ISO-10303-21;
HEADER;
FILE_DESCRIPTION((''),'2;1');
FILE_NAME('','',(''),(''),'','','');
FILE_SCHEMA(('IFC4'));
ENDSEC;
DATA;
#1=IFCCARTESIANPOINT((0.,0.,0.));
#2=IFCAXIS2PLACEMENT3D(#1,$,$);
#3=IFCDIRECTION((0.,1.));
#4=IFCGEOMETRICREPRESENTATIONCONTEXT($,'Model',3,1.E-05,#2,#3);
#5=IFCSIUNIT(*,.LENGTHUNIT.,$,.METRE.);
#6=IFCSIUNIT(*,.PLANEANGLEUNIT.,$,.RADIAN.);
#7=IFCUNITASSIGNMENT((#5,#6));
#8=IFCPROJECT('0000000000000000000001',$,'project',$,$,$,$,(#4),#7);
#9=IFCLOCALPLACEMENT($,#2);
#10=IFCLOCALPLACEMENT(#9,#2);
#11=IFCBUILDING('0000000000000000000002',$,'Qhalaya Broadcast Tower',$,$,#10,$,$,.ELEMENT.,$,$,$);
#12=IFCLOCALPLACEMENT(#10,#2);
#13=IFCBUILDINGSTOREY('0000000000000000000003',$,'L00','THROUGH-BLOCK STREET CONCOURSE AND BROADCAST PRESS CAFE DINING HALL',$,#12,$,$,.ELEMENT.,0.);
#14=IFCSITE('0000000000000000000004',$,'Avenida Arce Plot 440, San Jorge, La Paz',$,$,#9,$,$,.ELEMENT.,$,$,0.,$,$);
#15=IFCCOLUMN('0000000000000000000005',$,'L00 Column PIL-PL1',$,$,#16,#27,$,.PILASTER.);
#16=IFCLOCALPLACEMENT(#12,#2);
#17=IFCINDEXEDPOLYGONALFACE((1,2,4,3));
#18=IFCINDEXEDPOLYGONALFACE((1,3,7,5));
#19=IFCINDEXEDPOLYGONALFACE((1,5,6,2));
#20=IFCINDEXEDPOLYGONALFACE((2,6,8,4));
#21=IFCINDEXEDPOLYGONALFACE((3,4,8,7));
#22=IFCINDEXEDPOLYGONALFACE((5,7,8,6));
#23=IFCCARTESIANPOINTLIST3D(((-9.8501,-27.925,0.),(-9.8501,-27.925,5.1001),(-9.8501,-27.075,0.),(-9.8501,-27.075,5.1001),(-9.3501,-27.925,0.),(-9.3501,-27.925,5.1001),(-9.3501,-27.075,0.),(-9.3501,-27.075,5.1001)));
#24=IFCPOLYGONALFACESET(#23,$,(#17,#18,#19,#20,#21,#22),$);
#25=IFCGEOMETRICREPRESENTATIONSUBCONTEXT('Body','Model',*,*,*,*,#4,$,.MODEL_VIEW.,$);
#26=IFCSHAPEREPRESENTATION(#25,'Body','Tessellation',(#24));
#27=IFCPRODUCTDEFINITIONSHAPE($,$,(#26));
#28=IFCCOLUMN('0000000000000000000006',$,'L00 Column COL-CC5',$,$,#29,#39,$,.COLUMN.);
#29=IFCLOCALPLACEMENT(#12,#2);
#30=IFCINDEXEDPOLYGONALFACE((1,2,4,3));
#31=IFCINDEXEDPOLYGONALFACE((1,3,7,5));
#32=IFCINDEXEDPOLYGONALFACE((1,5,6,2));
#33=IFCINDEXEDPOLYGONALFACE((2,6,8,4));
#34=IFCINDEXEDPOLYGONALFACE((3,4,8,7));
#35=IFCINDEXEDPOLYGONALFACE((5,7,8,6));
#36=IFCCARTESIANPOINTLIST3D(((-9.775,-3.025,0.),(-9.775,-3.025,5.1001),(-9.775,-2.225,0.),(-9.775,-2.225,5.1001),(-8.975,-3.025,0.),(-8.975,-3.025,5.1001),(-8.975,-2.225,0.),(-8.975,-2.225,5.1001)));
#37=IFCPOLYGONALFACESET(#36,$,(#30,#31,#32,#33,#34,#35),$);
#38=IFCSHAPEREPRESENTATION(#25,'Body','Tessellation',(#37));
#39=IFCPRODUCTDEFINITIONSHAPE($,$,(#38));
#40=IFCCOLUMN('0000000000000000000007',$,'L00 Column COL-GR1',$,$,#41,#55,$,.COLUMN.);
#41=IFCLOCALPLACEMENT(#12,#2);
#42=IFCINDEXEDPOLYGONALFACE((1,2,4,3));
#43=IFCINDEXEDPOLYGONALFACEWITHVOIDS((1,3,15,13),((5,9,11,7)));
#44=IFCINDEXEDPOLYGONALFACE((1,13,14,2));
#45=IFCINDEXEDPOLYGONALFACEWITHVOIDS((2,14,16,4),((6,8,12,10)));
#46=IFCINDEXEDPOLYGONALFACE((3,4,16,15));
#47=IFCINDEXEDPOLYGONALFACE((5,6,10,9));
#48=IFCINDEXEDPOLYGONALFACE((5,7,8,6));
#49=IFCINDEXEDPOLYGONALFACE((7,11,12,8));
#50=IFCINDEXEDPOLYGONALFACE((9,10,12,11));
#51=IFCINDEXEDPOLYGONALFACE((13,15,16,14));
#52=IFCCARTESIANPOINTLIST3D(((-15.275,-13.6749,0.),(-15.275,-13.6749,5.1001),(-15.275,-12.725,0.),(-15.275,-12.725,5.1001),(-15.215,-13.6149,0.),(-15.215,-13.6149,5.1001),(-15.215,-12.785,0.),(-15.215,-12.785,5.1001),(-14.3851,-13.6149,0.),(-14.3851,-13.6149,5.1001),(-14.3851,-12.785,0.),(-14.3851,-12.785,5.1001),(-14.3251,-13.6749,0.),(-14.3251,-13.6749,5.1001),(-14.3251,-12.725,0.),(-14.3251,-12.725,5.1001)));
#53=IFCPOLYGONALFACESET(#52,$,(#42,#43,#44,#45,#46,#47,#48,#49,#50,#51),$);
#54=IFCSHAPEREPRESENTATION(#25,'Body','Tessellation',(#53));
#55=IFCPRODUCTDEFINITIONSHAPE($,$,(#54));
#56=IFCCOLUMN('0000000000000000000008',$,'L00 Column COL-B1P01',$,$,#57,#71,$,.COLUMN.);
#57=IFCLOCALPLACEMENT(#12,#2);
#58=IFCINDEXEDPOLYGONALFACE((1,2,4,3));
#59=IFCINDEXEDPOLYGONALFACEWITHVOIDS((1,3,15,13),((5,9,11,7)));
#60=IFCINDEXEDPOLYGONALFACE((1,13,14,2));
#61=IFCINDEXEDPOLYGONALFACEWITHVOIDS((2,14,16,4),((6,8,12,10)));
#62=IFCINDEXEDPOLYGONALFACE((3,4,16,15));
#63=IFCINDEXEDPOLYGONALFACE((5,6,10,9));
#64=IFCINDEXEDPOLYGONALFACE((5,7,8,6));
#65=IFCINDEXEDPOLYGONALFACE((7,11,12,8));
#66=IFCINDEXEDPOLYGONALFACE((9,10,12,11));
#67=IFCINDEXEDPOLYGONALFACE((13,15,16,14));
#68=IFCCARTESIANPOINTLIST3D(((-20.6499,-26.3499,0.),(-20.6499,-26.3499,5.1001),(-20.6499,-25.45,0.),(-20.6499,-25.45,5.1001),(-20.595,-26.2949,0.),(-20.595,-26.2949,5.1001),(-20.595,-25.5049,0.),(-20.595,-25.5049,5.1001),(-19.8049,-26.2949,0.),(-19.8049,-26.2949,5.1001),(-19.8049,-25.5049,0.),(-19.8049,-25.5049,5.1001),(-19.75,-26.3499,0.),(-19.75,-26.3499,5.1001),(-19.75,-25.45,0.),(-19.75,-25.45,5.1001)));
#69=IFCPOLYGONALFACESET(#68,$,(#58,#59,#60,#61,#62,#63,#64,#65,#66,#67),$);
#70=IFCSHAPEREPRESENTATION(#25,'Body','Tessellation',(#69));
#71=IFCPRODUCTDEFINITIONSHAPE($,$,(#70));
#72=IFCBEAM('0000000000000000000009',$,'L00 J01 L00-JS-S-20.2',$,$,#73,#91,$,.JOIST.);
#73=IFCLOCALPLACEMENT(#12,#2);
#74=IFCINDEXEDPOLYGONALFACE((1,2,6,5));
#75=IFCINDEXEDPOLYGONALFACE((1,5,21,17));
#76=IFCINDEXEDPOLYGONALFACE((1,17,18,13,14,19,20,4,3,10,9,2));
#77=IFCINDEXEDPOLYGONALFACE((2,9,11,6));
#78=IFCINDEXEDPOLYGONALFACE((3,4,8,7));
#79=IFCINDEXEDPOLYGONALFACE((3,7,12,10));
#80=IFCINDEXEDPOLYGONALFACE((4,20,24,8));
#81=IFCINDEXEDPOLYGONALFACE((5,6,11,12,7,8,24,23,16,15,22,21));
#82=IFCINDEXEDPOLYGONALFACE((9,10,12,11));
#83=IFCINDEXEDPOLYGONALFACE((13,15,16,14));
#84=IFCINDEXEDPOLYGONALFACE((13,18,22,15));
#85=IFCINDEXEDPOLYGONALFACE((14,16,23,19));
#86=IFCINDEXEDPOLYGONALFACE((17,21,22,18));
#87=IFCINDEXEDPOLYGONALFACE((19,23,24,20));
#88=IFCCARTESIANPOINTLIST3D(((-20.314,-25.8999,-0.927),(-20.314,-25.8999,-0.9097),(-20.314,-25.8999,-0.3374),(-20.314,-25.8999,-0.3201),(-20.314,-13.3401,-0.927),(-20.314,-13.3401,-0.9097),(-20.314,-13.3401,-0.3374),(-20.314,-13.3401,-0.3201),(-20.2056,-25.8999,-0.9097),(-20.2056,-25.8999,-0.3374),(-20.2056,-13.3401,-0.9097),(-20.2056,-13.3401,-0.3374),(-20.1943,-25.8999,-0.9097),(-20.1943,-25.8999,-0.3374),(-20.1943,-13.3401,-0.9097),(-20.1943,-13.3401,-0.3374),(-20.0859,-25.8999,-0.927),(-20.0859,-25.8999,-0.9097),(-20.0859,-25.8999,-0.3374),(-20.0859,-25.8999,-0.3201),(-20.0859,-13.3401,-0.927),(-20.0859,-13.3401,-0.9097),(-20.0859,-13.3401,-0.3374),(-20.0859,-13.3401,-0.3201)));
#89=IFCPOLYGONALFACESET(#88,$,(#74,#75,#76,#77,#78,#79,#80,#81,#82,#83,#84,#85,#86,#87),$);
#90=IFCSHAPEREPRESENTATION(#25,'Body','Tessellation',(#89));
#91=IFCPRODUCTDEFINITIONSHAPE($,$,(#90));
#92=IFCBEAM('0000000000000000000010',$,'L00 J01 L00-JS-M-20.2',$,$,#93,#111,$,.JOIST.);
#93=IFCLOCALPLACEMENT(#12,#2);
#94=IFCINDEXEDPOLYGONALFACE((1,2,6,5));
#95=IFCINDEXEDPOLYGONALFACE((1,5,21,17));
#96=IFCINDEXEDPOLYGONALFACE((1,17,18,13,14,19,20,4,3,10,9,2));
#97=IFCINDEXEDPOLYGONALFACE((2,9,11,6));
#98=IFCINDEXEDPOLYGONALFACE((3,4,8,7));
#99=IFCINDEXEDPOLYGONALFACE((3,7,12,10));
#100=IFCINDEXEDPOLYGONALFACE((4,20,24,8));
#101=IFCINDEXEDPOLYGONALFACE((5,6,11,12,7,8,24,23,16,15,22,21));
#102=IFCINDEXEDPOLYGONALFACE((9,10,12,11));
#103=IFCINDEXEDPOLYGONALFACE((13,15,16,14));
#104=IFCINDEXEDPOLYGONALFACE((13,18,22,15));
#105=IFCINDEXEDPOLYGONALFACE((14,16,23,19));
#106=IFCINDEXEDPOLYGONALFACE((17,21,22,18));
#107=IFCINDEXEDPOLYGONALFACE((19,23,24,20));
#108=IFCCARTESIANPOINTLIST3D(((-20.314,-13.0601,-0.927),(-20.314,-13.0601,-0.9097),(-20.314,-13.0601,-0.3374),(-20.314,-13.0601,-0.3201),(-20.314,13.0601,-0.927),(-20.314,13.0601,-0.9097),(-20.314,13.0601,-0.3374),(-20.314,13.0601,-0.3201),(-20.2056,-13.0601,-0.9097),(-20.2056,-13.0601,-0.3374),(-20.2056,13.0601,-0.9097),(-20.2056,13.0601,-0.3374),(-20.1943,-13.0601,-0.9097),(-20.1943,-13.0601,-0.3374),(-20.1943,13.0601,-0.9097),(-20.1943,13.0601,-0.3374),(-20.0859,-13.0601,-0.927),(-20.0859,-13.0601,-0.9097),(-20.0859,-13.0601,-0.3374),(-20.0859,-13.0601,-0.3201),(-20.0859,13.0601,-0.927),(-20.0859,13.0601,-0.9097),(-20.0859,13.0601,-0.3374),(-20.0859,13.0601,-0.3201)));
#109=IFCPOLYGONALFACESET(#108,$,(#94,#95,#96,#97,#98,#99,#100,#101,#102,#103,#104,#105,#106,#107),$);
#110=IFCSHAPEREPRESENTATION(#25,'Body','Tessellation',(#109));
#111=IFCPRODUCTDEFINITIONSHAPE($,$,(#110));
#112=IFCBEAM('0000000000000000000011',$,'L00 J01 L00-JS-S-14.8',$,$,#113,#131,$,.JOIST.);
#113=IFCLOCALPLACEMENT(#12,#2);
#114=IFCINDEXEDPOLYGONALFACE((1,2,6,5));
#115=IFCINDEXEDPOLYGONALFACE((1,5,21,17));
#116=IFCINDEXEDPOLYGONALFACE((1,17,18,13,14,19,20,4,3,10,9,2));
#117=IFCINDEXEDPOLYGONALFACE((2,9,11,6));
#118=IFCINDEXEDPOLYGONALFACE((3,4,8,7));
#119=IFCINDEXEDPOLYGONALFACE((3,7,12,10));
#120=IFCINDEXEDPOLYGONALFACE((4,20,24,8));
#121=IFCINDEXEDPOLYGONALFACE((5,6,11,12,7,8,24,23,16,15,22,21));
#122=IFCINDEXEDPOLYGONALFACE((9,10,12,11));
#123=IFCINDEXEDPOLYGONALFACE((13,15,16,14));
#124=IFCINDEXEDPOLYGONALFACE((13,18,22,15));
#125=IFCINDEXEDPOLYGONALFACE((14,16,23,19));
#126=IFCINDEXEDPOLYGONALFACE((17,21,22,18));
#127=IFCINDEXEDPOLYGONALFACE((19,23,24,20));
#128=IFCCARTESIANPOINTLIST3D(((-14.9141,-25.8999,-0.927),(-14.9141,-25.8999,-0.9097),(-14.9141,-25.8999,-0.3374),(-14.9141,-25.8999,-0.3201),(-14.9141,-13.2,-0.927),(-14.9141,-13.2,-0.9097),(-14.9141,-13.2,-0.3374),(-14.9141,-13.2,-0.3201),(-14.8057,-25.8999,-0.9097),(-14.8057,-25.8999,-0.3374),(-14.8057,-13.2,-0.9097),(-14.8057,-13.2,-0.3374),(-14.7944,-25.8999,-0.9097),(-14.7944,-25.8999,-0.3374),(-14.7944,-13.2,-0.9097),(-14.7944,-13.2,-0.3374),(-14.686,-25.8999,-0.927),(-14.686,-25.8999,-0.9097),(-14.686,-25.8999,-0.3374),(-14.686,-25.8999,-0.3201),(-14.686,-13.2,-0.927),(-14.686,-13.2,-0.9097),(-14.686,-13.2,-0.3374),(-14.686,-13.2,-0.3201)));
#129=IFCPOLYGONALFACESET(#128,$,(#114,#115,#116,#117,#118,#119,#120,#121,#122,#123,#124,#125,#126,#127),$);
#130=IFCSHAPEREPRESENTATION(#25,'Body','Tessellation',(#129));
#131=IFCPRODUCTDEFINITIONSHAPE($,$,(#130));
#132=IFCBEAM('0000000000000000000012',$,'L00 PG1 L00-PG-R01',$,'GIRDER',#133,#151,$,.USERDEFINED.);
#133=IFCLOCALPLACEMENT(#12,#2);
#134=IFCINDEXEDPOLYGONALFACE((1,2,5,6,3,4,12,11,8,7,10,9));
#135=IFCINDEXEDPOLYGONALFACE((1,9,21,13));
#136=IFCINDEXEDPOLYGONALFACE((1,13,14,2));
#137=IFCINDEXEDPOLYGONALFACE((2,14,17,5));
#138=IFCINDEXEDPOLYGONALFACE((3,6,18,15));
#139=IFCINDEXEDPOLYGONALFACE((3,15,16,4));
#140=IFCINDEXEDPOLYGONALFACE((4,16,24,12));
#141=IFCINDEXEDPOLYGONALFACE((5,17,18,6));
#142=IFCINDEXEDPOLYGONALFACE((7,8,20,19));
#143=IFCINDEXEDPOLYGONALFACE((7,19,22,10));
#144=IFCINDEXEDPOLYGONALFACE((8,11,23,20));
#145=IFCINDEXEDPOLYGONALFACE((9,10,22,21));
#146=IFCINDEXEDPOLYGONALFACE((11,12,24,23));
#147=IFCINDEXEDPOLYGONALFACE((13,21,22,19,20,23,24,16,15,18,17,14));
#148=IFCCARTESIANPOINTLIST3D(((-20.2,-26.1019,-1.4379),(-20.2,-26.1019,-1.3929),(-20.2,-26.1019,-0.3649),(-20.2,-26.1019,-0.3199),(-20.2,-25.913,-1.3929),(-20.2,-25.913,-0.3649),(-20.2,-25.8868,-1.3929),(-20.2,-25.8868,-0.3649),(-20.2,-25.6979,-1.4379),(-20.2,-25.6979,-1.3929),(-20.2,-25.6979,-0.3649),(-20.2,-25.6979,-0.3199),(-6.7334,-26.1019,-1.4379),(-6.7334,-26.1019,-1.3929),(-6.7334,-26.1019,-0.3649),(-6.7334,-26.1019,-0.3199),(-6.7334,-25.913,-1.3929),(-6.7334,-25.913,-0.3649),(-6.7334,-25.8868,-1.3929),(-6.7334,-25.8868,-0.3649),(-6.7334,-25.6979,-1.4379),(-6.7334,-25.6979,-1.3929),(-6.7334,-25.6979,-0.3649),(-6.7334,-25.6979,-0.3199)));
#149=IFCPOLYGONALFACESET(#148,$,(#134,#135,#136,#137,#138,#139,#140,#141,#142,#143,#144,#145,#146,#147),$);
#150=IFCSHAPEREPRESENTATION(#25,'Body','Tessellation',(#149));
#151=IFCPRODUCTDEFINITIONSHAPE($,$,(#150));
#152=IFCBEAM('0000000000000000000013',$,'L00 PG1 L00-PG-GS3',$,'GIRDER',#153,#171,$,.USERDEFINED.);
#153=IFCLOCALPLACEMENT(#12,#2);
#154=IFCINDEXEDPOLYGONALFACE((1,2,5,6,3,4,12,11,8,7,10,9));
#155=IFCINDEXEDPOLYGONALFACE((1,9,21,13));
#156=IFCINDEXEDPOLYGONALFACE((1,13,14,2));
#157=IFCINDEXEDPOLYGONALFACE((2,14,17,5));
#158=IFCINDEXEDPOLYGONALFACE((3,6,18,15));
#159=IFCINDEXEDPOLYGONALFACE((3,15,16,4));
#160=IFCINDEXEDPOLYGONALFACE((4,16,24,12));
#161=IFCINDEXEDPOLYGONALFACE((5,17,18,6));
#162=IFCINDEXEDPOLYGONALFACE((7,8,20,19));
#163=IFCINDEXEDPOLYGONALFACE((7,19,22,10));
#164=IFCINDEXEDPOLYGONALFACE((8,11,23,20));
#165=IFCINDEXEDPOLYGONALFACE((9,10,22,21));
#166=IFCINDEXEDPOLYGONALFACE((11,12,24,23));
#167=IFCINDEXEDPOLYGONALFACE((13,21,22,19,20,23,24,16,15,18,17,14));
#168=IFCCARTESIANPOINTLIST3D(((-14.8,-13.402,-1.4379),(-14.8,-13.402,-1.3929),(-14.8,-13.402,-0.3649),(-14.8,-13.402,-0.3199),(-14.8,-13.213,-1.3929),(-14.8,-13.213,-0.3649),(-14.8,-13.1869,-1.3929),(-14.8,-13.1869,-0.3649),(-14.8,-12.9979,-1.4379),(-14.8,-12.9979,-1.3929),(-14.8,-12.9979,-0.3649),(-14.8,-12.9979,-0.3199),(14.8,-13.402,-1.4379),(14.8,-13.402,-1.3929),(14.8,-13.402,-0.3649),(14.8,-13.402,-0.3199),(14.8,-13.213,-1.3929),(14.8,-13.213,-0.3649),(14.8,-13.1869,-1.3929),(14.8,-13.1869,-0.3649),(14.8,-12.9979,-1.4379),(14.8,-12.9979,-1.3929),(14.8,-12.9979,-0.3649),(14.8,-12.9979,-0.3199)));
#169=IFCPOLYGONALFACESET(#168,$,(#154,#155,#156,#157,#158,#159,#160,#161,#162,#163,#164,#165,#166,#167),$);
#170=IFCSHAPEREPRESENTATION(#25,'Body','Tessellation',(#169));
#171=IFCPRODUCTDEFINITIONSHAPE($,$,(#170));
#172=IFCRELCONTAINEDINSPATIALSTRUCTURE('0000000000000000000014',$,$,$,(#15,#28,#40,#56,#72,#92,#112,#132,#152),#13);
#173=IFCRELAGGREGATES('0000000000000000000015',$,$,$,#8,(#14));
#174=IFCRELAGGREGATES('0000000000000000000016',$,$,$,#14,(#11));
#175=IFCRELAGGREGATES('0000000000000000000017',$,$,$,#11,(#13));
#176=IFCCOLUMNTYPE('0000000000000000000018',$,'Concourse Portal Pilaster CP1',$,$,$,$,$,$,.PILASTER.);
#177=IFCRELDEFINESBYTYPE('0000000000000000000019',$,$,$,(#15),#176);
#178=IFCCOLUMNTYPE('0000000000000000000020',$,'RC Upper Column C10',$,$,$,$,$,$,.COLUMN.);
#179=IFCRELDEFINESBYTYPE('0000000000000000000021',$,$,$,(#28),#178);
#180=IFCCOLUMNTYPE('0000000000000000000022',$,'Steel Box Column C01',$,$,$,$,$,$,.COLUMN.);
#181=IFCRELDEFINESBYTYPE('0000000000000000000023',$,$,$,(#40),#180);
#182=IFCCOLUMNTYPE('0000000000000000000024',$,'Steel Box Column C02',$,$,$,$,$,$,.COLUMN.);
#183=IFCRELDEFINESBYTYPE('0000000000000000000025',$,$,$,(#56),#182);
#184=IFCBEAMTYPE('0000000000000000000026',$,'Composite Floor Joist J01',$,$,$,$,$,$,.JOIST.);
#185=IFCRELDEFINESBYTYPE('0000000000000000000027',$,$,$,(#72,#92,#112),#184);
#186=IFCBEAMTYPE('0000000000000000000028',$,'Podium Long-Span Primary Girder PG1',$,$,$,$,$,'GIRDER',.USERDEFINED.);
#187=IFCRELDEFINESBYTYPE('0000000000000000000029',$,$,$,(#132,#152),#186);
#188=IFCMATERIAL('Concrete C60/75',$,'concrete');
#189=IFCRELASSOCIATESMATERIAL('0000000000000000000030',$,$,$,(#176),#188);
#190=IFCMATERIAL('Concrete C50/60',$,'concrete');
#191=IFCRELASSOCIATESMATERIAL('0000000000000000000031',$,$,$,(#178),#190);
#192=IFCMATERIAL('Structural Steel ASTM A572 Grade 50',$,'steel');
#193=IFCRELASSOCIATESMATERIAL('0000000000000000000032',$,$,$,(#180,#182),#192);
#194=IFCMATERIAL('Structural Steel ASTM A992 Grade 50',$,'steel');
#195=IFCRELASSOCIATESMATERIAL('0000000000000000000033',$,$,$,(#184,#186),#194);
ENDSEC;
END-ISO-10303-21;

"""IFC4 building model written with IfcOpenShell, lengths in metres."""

from ifc_helpers import new_model, si_unit, direction, frame, origin, origin_2d, place, context, subcontext, project, spatial, rectangle, hollow_rectangle, i_section, extrude, material, material_profile, profile_set, type_object, element, save


model = new_model("IFC4")

# Units and contexts
model_context = context("Model", 3, precision=1e-05, world=origin(), true_north=direction((0.0, 1.0)))
body_context = subcontext(model_context, "Body", "Model", "MODEL_VIEW")
ifc_project = project(units=[si_unit("LENGTHUNIT", "METRE"), si_unit("PLANEANGLEUNIT", "RADIAN")], contexts=[model_context])

# Site, building, storey
site_placement = place(None, origin())
site = spatial("IfcSite", under=ifc_project, at=site_placement, Name="Avenida Arce Plot 440, San Jorge, La Paz", CompositionType="ELEMENT", RefElevation=0.0)
building_placement = place(site_placement, origin())
building = spatial("IfcBuilding", under=site, at=building_placement, Name="Qhalaya Broadcast Tower", CompositionType="ELEMENT")
storey_placement = place(building_placement, origin())
storey = spatial("IfcBuildingStorey", under=building, at=storey_placement, Name="L00", Description="THROUGH-BLOCK STREET CONCOURSE AND BROADCAST PRESS CAFE DINING HALL", CompositionType="ELEMENT", Elevation=0.0)

# Columns
ifc_material_1 = material(Name="Concrete C60/75", Category="concrete")
ifc_material_profile_1 = material_profile(ifc_material_1, rectangle(XDim=0.5, YDim=0.8501, at=origin_2d()), Name="RC-PIL 500x850")
ifc_profile_set_1 = profile_set([ifc_material_profile_1], Name="Concrete C60/75")
column_type_1 = type_object("IfcColumnType", Name="Concourse Portal Pilaster CP1", PredefinedType="PILASTER", material=ifc_profile_set_1)
column_1_placement = place(storey_placement, frame((-9.6001, -27.5, 0.0), z_axis=(0.0, 0.0, 1.0), x_axis=(1.0, 0.0, 0.0)))
element("IfcColumn", 1, at=column_1_placement, inside=storey, type_object=column_type_1, Name="L00 Column PIL-PL1", PredefinedType="PILASTER", context=body_context, shape_type="SweptSolid", body=[
    extrude(rectangle(XDim=0.5, YDim=0.8501, at=origin_2d()), origin(), (0.0, 0.0, 1.0), 5.1001),
])
ifc_material_2 = material(Name="Concrete C50/60", Category="concrete")
ifc_material_profile_2 = material_profile(ifc_material_2, rectangle(XDim=0.8, YDim=0.8, at=origin_2d()), Name="RC-COL 800x800")
ifc_profile_set_2 = profile_set([ifc_material_profile_2], Name="Concrete C50/60")
column_type_2 = type_object("IfcColumnType", Name="RC Upper Column C10", PredefinedType="COLUMN", material=ifc_profile_set_2)
column_2_placement = place(storey_placement, frame((-9.375, -2.625, 0.0), z_axis=(0.0, 0.0, 1.0), x_axis=(1.0, 0.0, 0.0)))
element("IfcColumn", 2, at=column_2_placement, inside=storey, type_object=column_type_2, Name="L00 Column COL-CC5", PredefinedType="COLUMN", context=body_context, shape_type="SweptSolid", body=[
    extrude(rectangle(XDim=0.8, YDim=0.8, at=origin_2d()), origin(), (0.0, 0.0, 1.0), 5.1001),
])
ifc_material_3 = material(Name="Structural Steel ASTM A572 Grade 50", Category="steel")
ifc_material_profile_3 = material_profile(ifc_material_3, hollow_rectangle(XDim=0.95, YDim=0.95, WallThickness=0.0601, at=origin_2d()), Name="BOX 950x950x60")
ifc_profile_set_3 = profile_set([ifc_material_profile_3], Name="Structural Steel ASTM A572 Grade 50")
column_type_3 = type_object("IfcColumnType", Name="Steel Box Column C01", PredefinedType="COLUMN", material=ifc_profile_set_3)
column_3_placement = place(storey_placement, frame((-14.8, -13.2, 0.0), z_axis=(0.0, 0.0, 1.0), x_axis=(1.0, 0.0, 0.0)))
element("IfcColumn", 3, at=column_3_placement, inside=storey, type_object=column_type_3, Name="L00 Column COL-GR1", PredefinedType="COLUMN", context=body_context, shape_type="SweptSolid", body=[
    extrude(hollow_rectangle(XDim=0.95, YDim=0.95, WallThickness=0.0601, at=origin_2d()), origin(), (0.0, 0.0, 1.0), 5.1001),
])
ifc_material_profile_4 = material_profile(ifc_material_3, hollow_rectangle(XDim=0.8999, YDim=0.8999, WallThickness=0.0549, at=origin_2d()), Name="BOX 900x900x55")
ifc_profile_set_4 = profile_set([ifc_material_profile_4], Name="Structural Steel ASTM A572 Grade 50")
column_type_4 = type_object("IfcColumnType", Name="Steel Box Column C02", PredefinedType="COLUMN", material=ifc_profile_set_4)
column_4_placement = place(storey_placement, frame((-20.2, -25.8999, 0.0), z_axis=(0.0, 0.0, 1.0), x_axis=(1.0, 0.0, 0.0)))
element("IfcColumn", 4, at=column_4_placement, inside=storey, type_object=column_type_4, Name="L00 Column COL-B1P01", PredefinedType="COLUMN", context=body_context, shape_type="SweptSolid", body=[
    extrude(hollow_rectangle(XDim=0.8999, YDim=0.8999, WallThickness=0.0549, at=origin_2d()), origin(), (0.0, 0.0, 1.0), 5.1001),
])

# Beams
ifc_material_4 = material(Name="Structural Steel ASTM A992 Grade 50", Category="steel")
ifc_material_profile_5 = material_profile(ifc_material_4, i_section(OverallWidth=0.228, OverallDepth=0.6069, WebThickness=0.0112, FlangeThickness=0.0173, at=origin_2d()), Name="W24X76")
ifc_profile_set_5 = profile_set([ifc_material_profile_5], Name="Structural Steel ASTM A992 Grade 50")
beam_type_1 = type_object("IfcBeamType", Name="Composite Floor Joist J01", PredefinedType="JOIST", material=ifc_profile_set_5)
beam_1_placement = place(storey_placement, frame((-20.2, -25.8999, -0.6235), z_axis=(0.0, 1.0, 0.0), x_axis=(-1.0, 0.0, 0.0)))
element("IfcBeam", 5, at=beam_1_placement, inside=storey, type_object=beam_type_1, Name="L00 J01 L00-JS-S-20.2", PredefinedType="JOIST", context=body_context, shape_type="SweptSolid", body=[
    extrude(i_section(OverallWidth=0.228, OverallDepth=0.6069, WebThickness=0.0112, FlangeThickness=0.0173, at=origin_2d()), origin(), (0.0, 0.0, 1.0), 12.5598),
])
beam_2_placement = place(storey_placement, frame((-20.2, -13.0601, -0.6235), z_axis=(0.0, 1.0, 0.0), x_axis=(-1.0, 0.0, 0.0)))
element("IfcBeam", 6, at=beam_2_placement, inside=storey, type_object=beam_type_1, Name="L00 J01 L00-JS-M-20.2", PredefinedType="JOIST", context=body_context, shape_type="SweptSolid", body=[
    extrude(i_section(OverallWidth=0.228, OverallDepth=0.6069, WebThickness=0.0112, FlangeThickness=0.0173, at=origin_2d()), origin(), (0.0, 0.0, 1.0), 26.1201),
])
beam_3_placement = place(storey_placement, frame((-14.8, -25.8999, -0.6235), z_axis=(0.0, 1.0, 0.0), x_axis=(-1.0, 0.0, 0.0)))
element("IfcBeam", 7, at=beam_3_placement, inside=storey, type_object=beam_type_1, Name="L00 J01 L00-JS-S-14.8", PredefinedType="JOIST", context=body_context, shape_type="SweptSolid", body=[
    extrude(i_section(OverallWidth=0.228, OverallDepth=0.6069, WebThickness=0.0112, FlangeThickness=0.0173, at=origin_2d()), origin(), (0.0, 0.0, 1.0), 12.7),
])
ifc_material_profile_6 = material_profile(ifc_material_4, i_section(OverallWidth=0.4041, OverallDepth=1.1179, WebThickness=0.0261, FlangeThickness=0.0449, at=origin_2d()), Name="W44X335")
ifc_profile_set_6 = profile_set([ifc_material_profile_6], Name="Structural Steel ASTM A992 Grade 50")
beam_type_2 = type_object("IfcBeamType", Name="Podium Long-Span Primary Girder PG1", ElementType="GIRDER", PredefinedType="USERDEFINED", material=ifc_profile_set_6)
beam_4_placement = place(storey_placement, frame((-20.2, -25.8999, -0.8789), z_axis=(1.0, 0.0, 0.0), x_axis=(0.0, 1.0, 0.0)))
element("IfcBeam", 8, at=beam_4_placement, inside=storey, type_object=beam_type_2, Name="L00 PG1 L00-PG-R01", ObjectType="GIRDER", PredefinedType="USERDEFINED", context=body_context, shape_type="SweptSolid", body=[
    extrude(i_section(OverallWidth=0.4041, OverallDepth=1.1179, WebThickness=0.0261, FlangeThickness=0.0449, at=origin_2d()), origin(), (0.0, 0.0, 1.0), 13.4666),
])
beam_5_placement = place(storey_placement, frame((-14.8, -13.2, -0.8789), z_axis=(1.0, 0.0, 0.0), x_axis=(0.0, 1.0, 0.0)))
element("IfcBeam", 9, at=beam_5_placement, inside=storey, type_object=beam_type_2, Name="L00 PG1 L00-PG-GS3", ObjectType="GIRDER", PredefinedType="USERDEFINED", context=body_context, shape_type="SweptSolid", body=[
    extrude(i_section(OverallWidth=0.4041, OverallDepth=1.1179, WebThickness=0.0261, FlangeThickness=0.0449, at=origin_2d()), origin(), (0.0, 0.0, 1.0), 29.6001),
])

save(model, "model.ifc")
